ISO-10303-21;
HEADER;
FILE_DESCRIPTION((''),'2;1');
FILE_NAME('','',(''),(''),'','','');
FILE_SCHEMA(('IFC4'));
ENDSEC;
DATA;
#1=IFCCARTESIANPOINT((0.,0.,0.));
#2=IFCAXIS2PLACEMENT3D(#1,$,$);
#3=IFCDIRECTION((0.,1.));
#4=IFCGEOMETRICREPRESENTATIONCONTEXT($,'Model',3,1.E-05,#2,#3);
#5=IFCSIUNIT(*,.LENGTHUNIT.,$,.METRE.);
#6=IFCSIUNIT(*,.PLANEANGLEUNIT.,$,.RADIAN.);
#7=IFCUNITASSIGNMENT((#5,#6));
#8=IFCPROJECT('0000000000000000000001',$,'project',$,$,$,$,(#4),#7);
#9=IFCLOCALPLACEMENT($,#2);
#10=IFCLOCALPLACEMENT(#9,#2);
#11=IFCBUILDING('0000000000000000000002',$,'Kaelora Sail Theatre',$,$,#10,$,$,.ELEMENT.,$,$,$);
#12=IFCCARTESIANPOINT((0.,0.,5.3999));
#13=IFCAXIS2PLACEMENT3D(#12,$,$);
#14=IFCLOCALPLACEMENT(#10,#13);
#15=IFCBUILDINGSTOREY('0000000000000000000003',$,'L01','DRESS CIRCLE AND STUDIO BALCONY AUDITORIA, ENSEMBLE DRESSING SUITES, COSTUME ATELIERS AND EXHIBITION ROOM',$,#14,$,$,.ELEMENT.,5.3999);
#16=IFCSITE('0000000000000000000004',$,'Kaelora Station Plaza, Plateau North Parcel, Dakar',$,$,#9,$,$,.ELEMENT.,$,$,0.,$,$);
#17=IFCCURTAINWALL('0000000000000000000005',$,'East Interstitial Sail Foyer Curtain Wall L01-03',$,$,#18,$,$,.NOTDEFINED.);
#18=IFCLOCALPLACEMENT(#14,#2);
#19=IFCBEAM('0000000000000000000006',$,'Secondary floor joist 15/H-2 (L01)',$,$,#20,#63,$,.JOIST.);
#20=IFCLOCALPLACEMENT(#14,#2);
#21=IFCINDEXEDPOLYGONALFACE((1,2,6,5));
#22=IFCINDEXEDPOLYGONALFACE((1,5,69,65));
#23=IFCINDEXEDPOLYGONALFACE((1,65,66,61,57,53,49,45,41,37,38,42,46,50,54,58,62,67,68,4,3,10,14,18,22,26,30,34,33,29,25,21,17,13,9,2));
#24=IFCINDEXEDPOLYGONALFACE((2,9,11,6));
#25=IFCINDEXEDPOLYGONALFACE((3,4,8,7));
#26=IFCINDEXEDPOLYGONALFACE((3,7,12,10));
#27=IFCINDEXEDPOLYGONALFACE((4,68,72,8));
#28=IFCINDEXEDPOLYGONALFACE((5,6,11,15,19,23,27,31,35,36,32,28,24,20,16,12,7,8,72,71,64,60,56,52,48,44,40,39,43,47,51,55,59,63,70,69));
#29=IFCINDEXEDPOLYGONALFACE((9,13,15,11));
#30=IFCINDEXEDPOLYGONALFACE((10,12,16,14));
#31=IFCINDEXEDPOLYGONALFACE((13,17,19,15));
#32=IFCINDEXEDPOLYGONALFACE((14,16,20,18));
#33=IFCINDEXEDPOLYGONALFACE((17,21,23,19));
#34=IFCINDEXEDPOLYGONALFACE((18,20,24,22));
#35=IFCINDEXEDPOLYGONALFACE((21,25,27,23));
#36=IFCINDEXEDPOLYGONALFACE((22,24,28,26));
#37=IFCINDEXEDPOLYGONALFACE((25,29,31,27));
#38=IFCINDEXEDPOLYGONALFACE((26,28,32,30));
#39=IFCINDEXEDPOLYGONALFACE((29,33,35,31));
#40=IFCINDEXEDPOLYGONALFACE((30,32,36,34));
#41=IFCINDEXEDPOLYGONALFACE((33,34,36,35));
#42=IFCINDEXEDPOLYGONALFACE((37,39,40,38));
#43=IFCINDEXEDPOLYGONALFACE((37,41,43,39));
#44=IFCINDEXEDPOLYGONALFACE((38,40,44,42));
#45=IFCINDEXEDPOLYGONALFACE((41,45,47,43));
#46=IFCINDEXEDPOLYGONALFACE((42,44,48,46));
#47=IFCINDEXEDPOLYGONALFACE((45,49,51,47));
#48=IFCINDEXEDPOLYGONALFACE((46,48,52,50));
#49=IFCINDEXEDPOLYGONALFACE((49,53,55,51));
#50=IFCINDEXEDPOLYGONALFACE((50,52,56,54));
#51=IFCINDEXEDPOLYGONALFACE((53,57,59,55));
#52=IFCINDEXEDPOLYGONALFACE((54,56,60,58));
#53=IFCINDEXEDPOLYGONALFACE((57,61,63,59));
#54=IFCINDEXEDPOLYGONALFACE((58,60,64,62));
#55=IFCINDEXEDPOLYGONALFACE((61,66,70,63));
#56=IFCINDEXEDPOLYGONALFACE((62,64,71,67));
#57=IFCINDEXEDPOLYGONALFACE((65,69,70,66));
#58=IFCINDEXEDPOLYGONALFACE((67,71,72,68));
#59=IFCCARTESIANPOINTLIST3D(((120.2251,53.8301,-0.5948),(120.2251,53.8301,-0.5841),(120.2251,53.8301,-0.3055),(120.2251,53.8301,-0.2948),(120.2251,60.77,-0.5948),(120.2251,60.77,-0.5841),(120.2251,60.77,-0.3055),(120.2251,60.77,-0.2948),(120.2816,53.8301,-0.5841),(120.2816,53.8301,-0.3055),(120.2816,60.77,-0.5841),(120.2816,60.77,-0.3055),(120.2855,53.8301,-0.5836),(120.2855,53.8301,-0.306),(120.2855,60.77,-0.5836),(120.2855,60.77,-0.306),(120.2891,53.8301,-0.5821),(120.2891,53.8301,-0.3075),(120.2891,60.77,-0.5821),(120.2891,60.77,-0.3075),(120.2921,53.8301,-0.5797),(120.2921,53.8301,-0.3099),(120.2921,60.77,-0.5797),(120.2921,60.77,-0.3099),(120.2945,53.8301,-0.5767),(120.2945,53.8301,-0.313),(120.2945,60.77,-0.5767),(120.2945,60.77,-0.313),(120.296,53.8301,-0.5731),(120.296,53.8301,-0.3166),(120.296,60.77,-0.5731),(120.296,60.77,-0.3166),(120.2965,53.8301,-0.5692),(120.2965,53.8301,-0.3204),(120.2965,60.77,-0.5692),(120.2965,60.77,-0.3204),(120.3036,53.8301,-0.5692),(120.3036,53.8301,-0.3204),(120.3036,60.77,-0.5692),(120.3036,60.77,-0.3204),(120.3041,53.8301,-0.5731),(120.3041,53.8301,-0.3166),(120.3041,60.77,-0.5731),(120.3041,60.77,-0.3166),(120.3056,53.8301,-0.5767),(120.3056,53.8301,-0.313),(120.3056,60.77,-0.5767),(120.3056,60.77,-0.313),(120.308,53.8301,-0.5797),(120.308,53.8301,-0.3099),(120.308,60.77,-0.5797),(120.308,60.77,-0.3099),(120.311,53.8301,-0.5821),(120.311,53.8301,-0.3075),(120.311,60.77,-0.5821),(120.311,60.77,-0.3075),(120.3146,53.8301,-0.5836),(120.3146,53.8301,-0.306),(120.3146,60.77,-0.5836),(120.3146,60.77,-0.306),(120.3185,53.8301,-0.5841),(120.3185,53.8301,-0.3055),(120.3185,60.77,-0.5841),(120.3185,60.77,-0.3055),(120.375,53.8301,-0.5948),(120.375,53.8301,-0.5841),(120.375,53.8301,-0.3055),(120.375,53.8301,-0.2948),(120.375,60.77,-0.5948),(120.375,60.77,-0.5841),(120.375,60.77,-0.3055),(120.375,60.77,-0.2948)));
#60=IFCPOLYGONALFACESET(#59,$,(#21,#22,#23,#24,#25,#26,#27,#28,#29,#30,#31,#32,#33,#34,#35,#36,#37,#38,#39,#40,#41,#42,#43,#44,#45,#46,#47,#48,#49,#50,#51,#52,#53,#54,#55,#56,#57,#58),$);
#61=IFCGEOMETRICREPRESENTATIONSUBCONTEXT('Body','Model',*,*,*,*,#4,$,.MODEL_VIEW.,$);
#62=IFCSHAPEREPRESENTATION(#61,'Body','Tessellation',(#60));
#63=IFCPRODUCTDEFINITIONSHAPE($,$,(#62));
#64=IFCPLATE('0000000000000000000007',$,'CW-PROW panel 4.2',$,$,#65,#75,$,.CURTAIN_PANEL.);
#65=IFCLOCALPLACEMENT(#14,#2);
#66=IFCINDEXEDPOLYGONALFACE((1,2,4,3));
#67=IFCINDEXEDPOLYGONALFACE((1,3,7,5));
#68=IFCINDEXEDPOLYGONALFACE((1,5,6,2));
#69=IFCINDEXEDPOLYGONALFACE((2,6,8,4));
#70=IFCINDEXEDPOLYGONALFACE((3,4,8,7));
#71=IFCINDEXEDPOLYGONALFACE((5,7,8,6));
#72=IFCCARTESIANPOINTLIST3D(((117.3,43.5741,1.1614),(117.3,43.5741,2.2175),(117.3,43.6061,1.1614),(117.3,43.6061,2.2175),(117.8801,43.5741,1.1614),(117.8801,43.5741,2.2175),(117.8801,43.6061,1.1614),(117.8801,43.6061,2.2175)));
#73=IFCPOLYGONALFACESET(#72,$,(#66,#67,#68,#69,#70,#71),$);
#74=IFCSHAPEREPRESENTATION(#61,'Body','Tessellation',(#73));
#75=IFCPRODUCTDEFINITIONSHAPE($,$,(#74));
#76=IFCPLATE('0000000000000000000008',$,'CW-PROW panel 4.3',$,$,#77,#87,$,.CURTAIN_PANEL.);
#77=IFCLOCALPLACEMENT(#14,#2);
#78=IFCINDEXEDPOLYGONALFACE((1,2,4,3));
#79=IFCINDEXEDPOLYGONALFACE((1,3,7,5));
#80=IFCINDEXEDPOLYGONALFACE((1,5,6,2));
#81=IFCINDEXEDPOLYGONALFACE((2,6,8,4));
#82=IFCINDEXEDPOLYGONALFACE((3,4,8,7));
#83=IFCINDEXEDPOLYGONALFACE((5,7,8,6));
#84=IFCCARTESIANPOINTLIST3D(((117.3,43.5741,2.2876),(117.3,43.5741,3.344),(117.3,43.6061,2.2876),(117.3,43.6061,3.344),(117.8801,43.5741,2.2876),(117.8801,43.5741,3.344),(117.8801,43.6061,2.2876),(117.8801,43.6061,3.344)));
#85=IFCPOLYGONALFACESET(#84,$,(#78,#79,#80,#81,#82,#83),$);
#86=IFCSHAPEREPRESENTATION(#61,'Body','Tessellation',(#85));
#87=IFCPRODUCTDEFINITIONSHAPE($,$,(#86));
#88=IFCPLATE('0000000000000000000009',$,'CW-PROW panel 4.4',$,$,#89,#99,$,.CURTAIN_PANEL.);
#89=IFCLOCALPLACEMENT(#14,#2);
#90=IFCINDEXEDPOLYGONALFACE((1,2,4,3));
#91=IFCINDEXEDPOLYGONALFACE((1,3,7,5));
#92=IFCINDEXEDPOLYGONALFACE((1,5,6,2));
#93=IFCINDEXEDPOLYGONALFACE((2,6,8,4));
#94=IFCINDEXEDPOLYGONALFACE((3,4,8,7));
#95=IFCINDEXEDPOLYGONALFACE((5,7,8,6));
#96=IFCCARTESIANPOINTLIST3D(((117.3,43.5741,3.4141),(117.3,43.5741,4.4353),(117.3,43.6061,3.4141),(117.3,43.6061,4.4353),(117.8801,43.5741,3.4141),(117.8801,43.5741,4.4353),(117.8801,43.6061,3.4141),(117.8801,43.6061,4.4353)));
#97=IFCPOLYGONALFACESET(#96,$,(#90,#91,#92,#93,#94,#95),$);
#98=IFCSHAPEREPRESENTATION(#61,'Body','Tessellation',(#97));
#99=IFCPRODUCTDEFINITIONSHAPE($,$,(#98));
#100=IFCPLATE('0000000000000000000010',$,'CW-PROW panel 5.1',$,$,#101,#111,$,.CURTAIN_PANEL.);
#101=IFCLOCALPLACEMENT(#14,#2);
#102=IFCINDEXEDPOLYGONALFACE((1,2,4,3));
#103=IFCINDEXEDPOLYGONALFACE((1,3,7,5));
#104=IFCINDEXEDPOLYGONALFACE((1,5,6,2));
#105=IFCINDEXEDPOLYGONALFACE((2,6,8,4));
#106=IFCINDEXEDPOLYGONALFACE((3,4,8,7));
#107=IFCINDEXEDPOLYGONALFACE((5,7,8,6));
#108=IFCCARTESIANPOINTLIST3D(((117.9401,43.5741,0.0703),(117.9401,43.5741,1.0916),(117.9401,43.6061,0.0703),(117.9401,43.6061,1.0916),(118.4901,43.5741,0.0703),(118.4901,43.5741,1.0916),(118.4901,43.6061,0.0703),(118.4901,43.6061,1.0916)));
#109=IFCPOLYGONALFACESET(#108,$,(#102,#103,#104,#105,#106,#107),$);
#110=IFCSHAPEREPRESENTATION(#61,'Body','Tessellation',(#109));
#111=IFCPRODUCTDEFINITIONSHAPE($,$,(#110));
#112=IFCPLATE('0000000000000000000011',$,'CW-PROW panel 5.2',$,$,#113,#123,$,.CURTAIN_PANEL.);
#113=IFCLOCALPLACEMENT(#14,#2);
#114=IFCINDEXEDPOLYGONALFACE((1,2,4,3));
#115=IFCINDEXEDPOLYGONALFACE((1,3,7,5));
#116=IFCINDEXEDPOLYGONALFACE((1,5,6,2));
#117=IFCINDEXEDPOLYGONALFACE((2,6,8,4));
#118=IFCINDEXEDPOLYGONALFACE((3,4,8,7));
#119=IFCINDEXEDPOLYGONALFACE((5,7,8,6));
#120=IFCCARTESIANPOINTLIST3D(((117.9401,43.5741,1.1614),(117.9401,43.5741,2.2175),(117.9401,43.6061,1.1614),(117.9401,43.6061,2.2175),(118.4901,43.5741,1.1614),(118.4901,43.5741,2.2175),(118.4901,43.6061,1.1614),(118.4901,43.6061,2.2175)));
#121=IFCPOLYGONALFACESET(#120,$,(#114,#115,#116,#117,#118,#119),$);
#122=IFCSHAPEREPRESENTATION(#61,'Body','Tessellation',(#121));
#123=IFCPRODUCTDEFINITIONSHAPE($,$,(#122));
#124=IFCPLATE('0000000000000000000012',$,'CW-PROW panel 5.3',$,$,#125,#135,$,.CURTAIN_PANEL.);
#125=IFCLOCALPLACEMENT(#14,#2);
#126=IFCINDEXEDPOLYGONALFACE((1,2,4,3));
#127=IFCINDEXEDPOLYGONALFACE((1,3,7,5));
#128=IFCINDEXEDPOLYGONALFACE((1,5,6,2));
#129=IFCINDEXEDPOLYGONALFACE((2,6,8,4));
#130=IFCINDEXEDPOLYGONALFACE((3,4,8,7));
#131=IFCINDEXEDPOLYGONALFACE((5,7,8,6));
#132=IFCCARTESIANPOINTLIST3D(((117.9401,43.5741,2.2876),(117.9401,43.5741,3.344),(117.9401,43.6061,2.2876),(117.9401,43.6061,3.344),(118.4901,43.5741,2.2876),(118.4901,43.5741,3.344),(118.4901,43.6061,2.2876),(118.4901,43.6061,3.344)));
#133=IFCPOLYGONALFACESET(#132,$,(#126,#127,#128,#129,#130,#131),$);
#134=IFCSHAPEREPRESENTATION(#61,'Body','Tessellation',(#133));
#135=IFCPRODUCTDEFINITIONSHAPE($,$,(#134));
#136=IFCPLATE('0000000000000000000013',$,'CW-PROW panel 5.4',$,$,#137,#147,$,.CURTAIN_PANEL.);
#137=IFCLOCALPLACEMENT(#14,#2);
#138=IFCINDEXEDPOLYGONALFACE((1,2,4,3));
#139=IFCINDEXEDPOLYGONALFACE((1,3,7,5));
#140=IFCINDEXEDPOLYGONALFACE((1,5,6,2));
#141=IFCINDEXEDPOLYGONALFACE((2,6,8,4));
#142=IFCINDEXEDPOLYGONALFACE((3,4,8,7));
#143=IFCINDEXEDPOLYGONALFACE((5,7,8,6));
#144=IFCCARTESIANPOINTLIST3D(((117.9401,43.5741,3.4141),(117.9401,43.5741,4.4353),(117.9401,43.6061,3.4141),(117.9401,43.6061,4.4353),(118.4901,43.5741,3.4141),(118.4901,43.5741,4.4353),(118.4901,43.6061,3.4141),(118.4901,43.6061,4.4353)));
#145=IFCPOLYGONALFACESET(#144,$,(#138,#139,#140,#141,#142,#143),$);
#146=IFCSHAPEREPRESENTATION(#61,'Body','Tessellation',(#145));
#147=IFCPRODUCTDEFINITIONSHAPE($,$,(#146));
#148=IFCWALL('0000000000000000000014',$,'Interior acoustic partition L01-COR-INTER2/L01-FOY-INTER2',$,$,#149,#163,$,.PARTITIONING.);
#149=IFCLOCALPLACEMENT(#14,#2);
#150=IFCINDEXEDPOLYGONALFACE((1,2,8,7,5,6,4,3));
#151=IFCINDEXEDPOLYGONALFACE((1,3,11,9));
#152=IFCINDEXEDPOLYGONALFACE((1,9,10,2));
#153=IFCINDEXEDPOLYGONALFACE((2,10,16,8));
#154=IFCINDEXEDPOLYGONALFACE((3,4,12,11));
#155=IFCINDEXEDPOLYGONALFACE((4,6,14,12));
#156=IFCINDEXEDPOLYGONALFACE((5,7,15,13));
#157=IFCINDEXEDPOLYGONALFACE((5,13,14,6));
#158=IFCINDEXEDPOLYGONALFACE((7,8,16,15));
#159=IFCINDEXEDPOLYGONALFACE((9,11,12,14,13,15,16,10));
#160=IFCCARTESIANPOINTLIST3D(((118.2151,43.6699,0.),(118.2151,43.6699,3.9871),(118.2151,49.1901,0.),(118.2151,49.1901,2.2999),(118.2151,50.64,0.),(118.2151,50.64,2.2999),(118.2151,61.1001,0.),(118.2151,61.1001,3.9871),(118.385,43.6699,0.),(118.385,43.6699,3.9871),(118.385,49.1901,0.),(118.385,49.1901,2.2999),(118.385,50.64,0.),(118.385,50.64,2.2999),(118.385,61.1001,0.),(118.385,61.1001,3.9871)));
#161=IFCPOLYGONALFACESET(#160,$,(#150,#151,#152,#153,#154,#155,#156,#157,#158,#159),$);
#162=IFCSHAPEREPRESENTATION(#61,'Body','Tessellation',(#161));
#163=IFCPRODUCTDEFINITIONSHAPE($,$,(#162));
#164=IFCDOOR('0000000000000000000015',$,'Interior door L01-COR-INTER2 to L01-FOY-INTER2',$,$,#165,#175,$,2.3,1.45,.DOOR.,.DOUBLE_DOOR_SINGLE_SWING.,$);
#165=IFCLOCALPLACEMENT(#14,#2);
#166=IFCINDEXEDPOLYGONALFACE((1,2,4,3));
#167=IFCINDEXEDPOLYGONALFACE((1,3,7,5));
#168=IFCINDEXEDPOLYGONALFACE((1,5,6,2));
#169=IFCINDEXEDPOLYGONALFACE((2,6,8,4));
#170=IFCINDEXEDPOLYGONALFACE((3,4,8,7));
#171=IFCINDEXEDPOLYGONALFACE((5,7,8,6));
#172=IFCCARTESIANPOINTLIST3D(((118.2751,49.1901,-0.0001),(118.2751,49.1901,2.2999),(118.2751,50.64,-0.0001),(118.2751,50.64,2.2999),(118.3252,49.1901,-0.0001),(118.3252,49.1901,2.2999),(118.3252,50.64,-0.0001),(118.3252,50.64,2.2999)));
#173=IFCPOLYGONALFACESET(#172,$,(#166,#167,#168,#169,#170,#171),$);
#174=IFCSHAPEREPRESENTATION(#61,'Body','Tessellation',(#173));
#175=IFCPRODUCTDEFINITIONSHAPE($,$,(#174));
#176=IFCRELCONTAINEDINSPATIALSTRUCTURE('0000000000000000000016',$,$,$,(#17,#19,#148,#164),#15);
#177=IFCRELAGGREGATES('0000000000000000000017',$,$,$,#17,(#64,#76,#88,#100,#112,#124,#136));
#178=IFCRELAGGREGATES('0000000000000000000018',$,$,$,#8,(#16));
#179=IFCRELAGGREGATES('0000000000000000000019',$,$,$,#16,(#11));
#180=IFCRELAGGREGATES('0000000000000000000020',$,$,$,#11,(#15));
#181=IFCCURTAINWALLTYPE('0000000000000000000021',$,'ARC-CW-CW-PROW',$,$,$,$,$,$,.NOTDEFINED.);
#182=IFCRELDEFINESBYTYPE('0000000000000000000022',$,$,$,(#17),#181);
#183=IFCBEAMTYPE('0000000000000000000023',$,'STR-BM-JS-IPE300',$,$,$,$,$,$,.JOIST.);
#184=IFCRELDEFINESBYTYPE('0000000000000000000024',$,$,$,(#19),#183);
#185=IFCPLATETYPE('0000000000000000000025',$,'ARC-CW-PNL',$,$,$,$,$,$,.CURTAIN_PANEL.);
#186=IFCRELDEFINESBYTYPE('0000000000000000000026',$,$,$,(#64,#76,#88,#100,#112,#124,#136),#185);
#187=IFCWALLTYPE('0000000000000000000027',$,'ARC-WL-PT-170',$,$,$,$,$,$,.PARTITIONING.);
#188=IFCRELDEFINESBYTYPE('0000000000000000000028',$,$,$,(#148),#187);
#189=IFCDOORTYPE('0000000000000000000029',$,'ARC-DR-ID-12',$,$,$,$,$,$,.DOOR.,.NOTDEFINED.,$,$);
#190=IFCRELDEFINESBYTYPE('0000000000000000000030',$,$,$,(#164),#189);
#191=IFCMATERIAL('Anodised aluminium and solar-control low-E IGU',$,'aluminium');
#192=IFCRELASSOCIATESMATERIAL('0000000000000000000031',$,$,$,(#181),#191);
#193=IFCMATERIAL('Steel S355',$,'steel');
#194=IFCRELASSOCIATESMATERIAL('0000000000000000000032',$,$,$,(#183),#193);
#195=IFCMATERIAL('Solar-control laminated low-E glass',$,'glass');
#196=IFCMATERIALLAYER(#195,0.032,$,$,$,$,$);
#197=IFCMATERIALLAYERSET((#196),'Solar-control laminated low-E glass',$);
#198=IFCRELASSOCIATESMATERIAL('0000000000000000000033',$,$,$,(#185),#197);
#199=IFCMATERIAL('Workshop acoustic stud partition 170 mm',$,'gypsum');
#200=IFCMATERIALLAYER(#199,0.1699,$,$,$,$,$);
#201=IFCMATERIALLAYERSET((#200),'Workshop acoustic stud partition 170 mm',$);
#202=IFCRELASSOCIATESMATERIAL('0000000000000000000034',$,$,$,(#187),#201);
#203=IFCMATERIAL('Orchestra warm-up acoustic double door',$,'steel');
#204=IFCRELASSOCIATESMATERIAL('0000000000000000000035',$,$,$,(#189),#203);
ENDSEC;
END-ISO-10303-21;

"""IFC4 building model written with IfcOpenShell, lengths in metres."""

from ifc_helpers import new_model, si_unit, direction, frame, frame_2d, origin, origin_2d, place, context, subcontext, project, spatial, rectangle, i_section, extrude, material, layer, layer_set, material_profile, profile_set, type_object, element, fill, aggregate, save


model = new_model("IFC4")

# Units and contexts
model_context = context("Model", 3, precision=1e-05, world=origin(), true_north=direction((0.0, 1.0)))
body_context = subcontext(model_context, "Body", "Model", "MODEL_VIEW")
ifc_project = project(units=[si_unit("LENGTHUNIT", "METRE"), si_unit("PLANEANGLEUNIT", "RADIAN")], contexts=[model_context])

# Site, building, storey
site_placement = place(None, origin())
site = spatial("IfcSite", under=ifc_project, at=site_placement, Name="Kaelora Station Plaza, Plateau North Parcel, Dakar", CompositionType="ELEMENT", RefElevation=0.0)
building_placement = place(site_placement, origin())
building = spatial("IfcBuilding", under=site, at=building_placement, Name="Kaelora Sail Theatre", CompositionType="ELEMENT")
storey_placement = place(building_placement, frame((0.0, 0.0, 5.3999)))
storey = spatial("IfcBuildingStorey", under=building, at=storey_placement, Name="L01", Description="DRESS CIRCLE AND STUDIO BALCONY AUDITORIA, ENSEMBLE DRESSING SUITES, COSTUME ATELIERS AND EXHIBITION ROOM", CompositionType="ELEMENT", Elevation=5.3999)

# Curtain wall
ifc_material_1 = material(Name="Anodised aluminium and solar-control low-E IGU", Category="aluminium")
curtain_wall_type = type_object("IfcCurtainWallType", Name="ARC-CW-CW-PROW", PredefinedType="NOTDEFINED", material=ifc_material_1)
curtain_wall_placement = place(storey_placement, origin())
curtain_wall = element("IfcCurtainWall", 1, at=curtain_wall_placement, inside=storey, type_object=curtain_wall_type, Name="East Interstitial Sail Foyer Curtain Wall L01-03", PredefinedType="NOTDEFINED")

# Beam
ifc_material_2 = material(Name="Steel S355", Category="steel")
ifc_material_profile_1 = material_profile(ifc_material_2, i_section(OverallWidth=0.1499, OverallDepth=0.3, WebThickness=0.0071, FlangeThickness=0.0107, FilletRadius=0.0149, at=origin_2d()), Name="IPE 300")
ifc_profile_set_1 = profile_set([ifc_material_profile_1], Name="Steel S355")
beam_type_1 = type_object("IfcBeamType", Name="STR-BM-JS-IPE300", PredefinedType="JOIST", material=ifc_profile_set_1)
beam_1_placement = place(storey_placement, frame((120.3, 53.8301, -0.4448), z_axis=(0.0, 1.0, 0.0), x_axis=(-1.0, 0.0, 0.0)))
element("IfcBeam", 2, at=beam_1_placement, inside=storey, type_object=beam_type_1, Name="Secondary floor joist 15/H-2 (L01)", PredefinedType="JOIST", context=body_context, shape_type="SweptSolid", body=[
    extrude(i_section(OverallWidth=0.1499, OverallDepth=0.3, WebThickness=0.0071, FlangeThickness=0.0107, FilletRadius=0.0149, at=origin_2d()), origin(), (0.0, 0.0, 1.0), 6.9399),
])

# Plates
ifc_material_3 = material(Name="Solar-control laminated low-E glass", Category="glass")
ifc_layer_1 = layer(ifc_material_3, 0.032)
ifc_layer_set_1 = layer_set([ifc_layer_1], Name="Solar-control laminated low-E glass")
plate_type = type_object("IfcPlateType", Name="ARC-CW-PNL", PredefinedType="CURTAIN_PANEL", material=ifc_layer_set_1)
plate_1_placement = place(storey_placement, frame((117.5901, 43.5901, 1.1614), z_axis=(0.0, 0.0, 1.0), x_axis=(1.0, 0.0, 0.0)))
plate_1 = element("IfcPlate", 3, at=plate_1_placement, type_object=plate_type, Name="CW-PROW panel 4.2", PredefinedType="CURTAIN_PANEL", context=body_context, shape_type="SweptSolid", body=[
    extrude(rectangle(XDim=0.5801, YDim=0.032, at=origin_2d()), origin(), (0.0, 0.0, 1.0), 1.0562),
])
plate_2_placement = place(storey_placement, frame((117.5901, 43.5901, 2.2876), z_axis=(0.0, 0.0, 1.0), x_axis=(1.0, 0.0, 0.0)))
plate_2 = element("IfcPlate", 4, at=plate_2_placement, type_object=plate_type, Name="CW-PROW panel 4.3", PredefinedType="CURTAIN_PANEL", context=body_context, shape_type="SweptSolid", body=[
    extrude(rectangle(XDim=0.5801, YDim=0.032, at=origin_2d()), origin(), (0.0, 0.0, 1.0), 1.0564),
])
plate_3_placement = place(storey_placement, frame((117.5901, 43.5901, 3.4141), z_axis=(0.0, 0.0, 1.0), x_axis=(1.0, 0.0, 0.0)))
plate_3 = element("IfcPlate", 5, at=plate_3_placement, type_object=plate_type, Name="CW-PROW panel 4.4", PredefinedType="CURTAIN_PANEL", context=body_context, shape_type="SweptSolid", body=[
    extrude(rectangle(XDim=0.5801, YDim=0.032, at=origin_2d()), origin(), (0.0, 0.0, 1.0), 1.0212),
])
plate_4_placement = place(storey_placement, frame((118.2151, 43.5901, 0.0703), z_axis=(0.0, 0.0, 1.0), x_axis=(1.0, 0.0, 0.0)))
plate_4 = element("IfcPlate", 6, at=plate_4_placement, type_object=plate_type, Name="CW-PROW panel 5.1", PredefinedType="CURTAIN_PANEL", context=body_context, shape_type="SweptSolid", body=[
    extrude(rectangle(XDim=0.55, YDim=0.032, at=origin_2d()), origin(), (0.0, 0.0, 1.0), 1.0212),
])
plate_5_placement = place(storey_placement, frame((118.2151, 43.5901, 1.1614), z_axis=(0.0, 0.0, 1.0), x_axis=(1.0, 0.0, 0.0)))
plate_5 = element("IfcPlate", 7, at=plate_5_placement, type_object=plate_type, Name="CW-PROW panel 5.2", PredefinedType="CURTAIN_PANEL", context=body_context, shape_type="SweptSolid", body=[
    extrude(rectangle(XDim=0.55, YDim=0.032, at=origin_2d()), origin(), (0.0, 0.0, 1.0), 1.0562),
])
plate_6_placement = place(storey_placement, frame((118.2151, 43.5901, 2.2876), z_axis=(0.0, 0.0, 1.0), x_axis=(1.0, 0.0, 0.0)))
plate_6 = element("IfcPlate", 8, at=plate_6_placement, type_object=plate_type, Name="CW-PROW panel 5.3", PredefinedType="CURTAIN_PANEL", context=body_context, shape_type="SweptSolid", body=[
    extrude(rectangle(XDim=0.55, YDim=0.032, at=origin_2d()), origin(), (0.0, 0.0, 1.0), 1.0564),
])
plate_7_placement = place(storey_placement, frame((118.2151, 43.5901, 3.4141), z_axis=(0.0, 0.0, 1.0), x_axis=(1.0, 0.0, 0.0)))
plate_7 = element("IfcPlate", 9, at=plate_7_placement, type_object=plate_type, Name="CW-PROW panel 5.4", PredefinedType="CURTAIN_PANEL", context=body_context, shape_type="SweptSolid", body=[
    extrude(rectangle(XDim=0.55, YDim=0.032, at=origin_2d()), origin(), (0.0, 0.0, 1.0), 1.0212),
])
aggregate(curtain_wall, [plate_1, plate_2, plate_3, plate_4, plate_5, plate_6, plate_7])

# Wall, opening, door
ifc_material_4 = material(Name="Workshop acoustic stud partition 170 mm", Category="gypsum")
ifc_layer_2 = layer(ifc_material_4, 0.1699)
ifc_layer_set_2 = layer_set([ifc_layer_2], Name="Workshop acoustic stud partition 170 mm")
wall_type = type_object("IfcWallType", Name="ARC-WL-PT-170", PredefinedType="PARTITIONING", material=ifc_layer_set_2)
wall_placement = place(storey_placement, frame((118.3, 43.6699, 0.0), z_axis=(0.0, 0.0, 1.0), x_axis=(0.0, 1.0, 0.0)))
wall = element("IfcWall", 10, at=wall_placement, inside=storey, type_object=wall_type, Name="Interior acoustic partition L01-COR-INTER2/L01-FOY-INTER2", PredefinedType="PARTITIONING", context=body_context, shape_type="SweptSolid", body=[
    extrude(rectangle(XDim=17.4302, YDim=0.1699, at=frame_2d((8.7151, 0.0))), origin(), (0.0, 0.0, 1.0), 3.9871),
])
opening_placement = place(wall_placement, frame((5.52, 0.0, 0.0)))
opening = element("IfcOpeningElement", 11, at=opening_placement, cuts=wall, PredefinedType="OPENING", context=body_context, shape_type="SweptSolid", body=[
    extrude(rectangle(XDim=1.45, YDim=2.3, at=frame_2d((0.7251, 1.1499))), frame((0.0, 0.095, 0.0), z_axis=(0.0, -1.0, 0.0), x_axis=(1.0, 0.0, 0.0)), (0.0, 0.0, 1.0), 0.1899),
])
ifc_material_5 = material(Name="Orchestra warm-up acoustic double door", Category="steel")
door_type = type_object("IfcDoorType", Name="ARC-DR-ID-12", OperationType="NOTDEFINED", PredefinedType="DOOR", material=ifc_material_5)
door_placement = place(opening_placement, origin())
door = element("IfcDoor", 12, at=door_placement, inside=storey, type_object=door_type, Name="Interior door L01-COR-INTER2 to L01-FOY-INTER2", OperationType="DOUBLE_DOOR_SINGLE_SWING", OverallHeight=2.3, OverallWidth=1.45, PredefinedType="DOOR", context=body_context, shape_type="SweptSolid", body=[
    extrude(rectangle(XDim=1.45, YDim=2.3, at=frame_2d((0.7251, 1.1499))), frame((0.0, 0.0249, 0.0), z_axis=(0.0, -1.0, 0.0), x_axis=(1.0, 0.0, 0.0)), (0.0, 0.0, 1.0), 0.05),
])
fill(opening, door)

save(model, "model.ifc")
